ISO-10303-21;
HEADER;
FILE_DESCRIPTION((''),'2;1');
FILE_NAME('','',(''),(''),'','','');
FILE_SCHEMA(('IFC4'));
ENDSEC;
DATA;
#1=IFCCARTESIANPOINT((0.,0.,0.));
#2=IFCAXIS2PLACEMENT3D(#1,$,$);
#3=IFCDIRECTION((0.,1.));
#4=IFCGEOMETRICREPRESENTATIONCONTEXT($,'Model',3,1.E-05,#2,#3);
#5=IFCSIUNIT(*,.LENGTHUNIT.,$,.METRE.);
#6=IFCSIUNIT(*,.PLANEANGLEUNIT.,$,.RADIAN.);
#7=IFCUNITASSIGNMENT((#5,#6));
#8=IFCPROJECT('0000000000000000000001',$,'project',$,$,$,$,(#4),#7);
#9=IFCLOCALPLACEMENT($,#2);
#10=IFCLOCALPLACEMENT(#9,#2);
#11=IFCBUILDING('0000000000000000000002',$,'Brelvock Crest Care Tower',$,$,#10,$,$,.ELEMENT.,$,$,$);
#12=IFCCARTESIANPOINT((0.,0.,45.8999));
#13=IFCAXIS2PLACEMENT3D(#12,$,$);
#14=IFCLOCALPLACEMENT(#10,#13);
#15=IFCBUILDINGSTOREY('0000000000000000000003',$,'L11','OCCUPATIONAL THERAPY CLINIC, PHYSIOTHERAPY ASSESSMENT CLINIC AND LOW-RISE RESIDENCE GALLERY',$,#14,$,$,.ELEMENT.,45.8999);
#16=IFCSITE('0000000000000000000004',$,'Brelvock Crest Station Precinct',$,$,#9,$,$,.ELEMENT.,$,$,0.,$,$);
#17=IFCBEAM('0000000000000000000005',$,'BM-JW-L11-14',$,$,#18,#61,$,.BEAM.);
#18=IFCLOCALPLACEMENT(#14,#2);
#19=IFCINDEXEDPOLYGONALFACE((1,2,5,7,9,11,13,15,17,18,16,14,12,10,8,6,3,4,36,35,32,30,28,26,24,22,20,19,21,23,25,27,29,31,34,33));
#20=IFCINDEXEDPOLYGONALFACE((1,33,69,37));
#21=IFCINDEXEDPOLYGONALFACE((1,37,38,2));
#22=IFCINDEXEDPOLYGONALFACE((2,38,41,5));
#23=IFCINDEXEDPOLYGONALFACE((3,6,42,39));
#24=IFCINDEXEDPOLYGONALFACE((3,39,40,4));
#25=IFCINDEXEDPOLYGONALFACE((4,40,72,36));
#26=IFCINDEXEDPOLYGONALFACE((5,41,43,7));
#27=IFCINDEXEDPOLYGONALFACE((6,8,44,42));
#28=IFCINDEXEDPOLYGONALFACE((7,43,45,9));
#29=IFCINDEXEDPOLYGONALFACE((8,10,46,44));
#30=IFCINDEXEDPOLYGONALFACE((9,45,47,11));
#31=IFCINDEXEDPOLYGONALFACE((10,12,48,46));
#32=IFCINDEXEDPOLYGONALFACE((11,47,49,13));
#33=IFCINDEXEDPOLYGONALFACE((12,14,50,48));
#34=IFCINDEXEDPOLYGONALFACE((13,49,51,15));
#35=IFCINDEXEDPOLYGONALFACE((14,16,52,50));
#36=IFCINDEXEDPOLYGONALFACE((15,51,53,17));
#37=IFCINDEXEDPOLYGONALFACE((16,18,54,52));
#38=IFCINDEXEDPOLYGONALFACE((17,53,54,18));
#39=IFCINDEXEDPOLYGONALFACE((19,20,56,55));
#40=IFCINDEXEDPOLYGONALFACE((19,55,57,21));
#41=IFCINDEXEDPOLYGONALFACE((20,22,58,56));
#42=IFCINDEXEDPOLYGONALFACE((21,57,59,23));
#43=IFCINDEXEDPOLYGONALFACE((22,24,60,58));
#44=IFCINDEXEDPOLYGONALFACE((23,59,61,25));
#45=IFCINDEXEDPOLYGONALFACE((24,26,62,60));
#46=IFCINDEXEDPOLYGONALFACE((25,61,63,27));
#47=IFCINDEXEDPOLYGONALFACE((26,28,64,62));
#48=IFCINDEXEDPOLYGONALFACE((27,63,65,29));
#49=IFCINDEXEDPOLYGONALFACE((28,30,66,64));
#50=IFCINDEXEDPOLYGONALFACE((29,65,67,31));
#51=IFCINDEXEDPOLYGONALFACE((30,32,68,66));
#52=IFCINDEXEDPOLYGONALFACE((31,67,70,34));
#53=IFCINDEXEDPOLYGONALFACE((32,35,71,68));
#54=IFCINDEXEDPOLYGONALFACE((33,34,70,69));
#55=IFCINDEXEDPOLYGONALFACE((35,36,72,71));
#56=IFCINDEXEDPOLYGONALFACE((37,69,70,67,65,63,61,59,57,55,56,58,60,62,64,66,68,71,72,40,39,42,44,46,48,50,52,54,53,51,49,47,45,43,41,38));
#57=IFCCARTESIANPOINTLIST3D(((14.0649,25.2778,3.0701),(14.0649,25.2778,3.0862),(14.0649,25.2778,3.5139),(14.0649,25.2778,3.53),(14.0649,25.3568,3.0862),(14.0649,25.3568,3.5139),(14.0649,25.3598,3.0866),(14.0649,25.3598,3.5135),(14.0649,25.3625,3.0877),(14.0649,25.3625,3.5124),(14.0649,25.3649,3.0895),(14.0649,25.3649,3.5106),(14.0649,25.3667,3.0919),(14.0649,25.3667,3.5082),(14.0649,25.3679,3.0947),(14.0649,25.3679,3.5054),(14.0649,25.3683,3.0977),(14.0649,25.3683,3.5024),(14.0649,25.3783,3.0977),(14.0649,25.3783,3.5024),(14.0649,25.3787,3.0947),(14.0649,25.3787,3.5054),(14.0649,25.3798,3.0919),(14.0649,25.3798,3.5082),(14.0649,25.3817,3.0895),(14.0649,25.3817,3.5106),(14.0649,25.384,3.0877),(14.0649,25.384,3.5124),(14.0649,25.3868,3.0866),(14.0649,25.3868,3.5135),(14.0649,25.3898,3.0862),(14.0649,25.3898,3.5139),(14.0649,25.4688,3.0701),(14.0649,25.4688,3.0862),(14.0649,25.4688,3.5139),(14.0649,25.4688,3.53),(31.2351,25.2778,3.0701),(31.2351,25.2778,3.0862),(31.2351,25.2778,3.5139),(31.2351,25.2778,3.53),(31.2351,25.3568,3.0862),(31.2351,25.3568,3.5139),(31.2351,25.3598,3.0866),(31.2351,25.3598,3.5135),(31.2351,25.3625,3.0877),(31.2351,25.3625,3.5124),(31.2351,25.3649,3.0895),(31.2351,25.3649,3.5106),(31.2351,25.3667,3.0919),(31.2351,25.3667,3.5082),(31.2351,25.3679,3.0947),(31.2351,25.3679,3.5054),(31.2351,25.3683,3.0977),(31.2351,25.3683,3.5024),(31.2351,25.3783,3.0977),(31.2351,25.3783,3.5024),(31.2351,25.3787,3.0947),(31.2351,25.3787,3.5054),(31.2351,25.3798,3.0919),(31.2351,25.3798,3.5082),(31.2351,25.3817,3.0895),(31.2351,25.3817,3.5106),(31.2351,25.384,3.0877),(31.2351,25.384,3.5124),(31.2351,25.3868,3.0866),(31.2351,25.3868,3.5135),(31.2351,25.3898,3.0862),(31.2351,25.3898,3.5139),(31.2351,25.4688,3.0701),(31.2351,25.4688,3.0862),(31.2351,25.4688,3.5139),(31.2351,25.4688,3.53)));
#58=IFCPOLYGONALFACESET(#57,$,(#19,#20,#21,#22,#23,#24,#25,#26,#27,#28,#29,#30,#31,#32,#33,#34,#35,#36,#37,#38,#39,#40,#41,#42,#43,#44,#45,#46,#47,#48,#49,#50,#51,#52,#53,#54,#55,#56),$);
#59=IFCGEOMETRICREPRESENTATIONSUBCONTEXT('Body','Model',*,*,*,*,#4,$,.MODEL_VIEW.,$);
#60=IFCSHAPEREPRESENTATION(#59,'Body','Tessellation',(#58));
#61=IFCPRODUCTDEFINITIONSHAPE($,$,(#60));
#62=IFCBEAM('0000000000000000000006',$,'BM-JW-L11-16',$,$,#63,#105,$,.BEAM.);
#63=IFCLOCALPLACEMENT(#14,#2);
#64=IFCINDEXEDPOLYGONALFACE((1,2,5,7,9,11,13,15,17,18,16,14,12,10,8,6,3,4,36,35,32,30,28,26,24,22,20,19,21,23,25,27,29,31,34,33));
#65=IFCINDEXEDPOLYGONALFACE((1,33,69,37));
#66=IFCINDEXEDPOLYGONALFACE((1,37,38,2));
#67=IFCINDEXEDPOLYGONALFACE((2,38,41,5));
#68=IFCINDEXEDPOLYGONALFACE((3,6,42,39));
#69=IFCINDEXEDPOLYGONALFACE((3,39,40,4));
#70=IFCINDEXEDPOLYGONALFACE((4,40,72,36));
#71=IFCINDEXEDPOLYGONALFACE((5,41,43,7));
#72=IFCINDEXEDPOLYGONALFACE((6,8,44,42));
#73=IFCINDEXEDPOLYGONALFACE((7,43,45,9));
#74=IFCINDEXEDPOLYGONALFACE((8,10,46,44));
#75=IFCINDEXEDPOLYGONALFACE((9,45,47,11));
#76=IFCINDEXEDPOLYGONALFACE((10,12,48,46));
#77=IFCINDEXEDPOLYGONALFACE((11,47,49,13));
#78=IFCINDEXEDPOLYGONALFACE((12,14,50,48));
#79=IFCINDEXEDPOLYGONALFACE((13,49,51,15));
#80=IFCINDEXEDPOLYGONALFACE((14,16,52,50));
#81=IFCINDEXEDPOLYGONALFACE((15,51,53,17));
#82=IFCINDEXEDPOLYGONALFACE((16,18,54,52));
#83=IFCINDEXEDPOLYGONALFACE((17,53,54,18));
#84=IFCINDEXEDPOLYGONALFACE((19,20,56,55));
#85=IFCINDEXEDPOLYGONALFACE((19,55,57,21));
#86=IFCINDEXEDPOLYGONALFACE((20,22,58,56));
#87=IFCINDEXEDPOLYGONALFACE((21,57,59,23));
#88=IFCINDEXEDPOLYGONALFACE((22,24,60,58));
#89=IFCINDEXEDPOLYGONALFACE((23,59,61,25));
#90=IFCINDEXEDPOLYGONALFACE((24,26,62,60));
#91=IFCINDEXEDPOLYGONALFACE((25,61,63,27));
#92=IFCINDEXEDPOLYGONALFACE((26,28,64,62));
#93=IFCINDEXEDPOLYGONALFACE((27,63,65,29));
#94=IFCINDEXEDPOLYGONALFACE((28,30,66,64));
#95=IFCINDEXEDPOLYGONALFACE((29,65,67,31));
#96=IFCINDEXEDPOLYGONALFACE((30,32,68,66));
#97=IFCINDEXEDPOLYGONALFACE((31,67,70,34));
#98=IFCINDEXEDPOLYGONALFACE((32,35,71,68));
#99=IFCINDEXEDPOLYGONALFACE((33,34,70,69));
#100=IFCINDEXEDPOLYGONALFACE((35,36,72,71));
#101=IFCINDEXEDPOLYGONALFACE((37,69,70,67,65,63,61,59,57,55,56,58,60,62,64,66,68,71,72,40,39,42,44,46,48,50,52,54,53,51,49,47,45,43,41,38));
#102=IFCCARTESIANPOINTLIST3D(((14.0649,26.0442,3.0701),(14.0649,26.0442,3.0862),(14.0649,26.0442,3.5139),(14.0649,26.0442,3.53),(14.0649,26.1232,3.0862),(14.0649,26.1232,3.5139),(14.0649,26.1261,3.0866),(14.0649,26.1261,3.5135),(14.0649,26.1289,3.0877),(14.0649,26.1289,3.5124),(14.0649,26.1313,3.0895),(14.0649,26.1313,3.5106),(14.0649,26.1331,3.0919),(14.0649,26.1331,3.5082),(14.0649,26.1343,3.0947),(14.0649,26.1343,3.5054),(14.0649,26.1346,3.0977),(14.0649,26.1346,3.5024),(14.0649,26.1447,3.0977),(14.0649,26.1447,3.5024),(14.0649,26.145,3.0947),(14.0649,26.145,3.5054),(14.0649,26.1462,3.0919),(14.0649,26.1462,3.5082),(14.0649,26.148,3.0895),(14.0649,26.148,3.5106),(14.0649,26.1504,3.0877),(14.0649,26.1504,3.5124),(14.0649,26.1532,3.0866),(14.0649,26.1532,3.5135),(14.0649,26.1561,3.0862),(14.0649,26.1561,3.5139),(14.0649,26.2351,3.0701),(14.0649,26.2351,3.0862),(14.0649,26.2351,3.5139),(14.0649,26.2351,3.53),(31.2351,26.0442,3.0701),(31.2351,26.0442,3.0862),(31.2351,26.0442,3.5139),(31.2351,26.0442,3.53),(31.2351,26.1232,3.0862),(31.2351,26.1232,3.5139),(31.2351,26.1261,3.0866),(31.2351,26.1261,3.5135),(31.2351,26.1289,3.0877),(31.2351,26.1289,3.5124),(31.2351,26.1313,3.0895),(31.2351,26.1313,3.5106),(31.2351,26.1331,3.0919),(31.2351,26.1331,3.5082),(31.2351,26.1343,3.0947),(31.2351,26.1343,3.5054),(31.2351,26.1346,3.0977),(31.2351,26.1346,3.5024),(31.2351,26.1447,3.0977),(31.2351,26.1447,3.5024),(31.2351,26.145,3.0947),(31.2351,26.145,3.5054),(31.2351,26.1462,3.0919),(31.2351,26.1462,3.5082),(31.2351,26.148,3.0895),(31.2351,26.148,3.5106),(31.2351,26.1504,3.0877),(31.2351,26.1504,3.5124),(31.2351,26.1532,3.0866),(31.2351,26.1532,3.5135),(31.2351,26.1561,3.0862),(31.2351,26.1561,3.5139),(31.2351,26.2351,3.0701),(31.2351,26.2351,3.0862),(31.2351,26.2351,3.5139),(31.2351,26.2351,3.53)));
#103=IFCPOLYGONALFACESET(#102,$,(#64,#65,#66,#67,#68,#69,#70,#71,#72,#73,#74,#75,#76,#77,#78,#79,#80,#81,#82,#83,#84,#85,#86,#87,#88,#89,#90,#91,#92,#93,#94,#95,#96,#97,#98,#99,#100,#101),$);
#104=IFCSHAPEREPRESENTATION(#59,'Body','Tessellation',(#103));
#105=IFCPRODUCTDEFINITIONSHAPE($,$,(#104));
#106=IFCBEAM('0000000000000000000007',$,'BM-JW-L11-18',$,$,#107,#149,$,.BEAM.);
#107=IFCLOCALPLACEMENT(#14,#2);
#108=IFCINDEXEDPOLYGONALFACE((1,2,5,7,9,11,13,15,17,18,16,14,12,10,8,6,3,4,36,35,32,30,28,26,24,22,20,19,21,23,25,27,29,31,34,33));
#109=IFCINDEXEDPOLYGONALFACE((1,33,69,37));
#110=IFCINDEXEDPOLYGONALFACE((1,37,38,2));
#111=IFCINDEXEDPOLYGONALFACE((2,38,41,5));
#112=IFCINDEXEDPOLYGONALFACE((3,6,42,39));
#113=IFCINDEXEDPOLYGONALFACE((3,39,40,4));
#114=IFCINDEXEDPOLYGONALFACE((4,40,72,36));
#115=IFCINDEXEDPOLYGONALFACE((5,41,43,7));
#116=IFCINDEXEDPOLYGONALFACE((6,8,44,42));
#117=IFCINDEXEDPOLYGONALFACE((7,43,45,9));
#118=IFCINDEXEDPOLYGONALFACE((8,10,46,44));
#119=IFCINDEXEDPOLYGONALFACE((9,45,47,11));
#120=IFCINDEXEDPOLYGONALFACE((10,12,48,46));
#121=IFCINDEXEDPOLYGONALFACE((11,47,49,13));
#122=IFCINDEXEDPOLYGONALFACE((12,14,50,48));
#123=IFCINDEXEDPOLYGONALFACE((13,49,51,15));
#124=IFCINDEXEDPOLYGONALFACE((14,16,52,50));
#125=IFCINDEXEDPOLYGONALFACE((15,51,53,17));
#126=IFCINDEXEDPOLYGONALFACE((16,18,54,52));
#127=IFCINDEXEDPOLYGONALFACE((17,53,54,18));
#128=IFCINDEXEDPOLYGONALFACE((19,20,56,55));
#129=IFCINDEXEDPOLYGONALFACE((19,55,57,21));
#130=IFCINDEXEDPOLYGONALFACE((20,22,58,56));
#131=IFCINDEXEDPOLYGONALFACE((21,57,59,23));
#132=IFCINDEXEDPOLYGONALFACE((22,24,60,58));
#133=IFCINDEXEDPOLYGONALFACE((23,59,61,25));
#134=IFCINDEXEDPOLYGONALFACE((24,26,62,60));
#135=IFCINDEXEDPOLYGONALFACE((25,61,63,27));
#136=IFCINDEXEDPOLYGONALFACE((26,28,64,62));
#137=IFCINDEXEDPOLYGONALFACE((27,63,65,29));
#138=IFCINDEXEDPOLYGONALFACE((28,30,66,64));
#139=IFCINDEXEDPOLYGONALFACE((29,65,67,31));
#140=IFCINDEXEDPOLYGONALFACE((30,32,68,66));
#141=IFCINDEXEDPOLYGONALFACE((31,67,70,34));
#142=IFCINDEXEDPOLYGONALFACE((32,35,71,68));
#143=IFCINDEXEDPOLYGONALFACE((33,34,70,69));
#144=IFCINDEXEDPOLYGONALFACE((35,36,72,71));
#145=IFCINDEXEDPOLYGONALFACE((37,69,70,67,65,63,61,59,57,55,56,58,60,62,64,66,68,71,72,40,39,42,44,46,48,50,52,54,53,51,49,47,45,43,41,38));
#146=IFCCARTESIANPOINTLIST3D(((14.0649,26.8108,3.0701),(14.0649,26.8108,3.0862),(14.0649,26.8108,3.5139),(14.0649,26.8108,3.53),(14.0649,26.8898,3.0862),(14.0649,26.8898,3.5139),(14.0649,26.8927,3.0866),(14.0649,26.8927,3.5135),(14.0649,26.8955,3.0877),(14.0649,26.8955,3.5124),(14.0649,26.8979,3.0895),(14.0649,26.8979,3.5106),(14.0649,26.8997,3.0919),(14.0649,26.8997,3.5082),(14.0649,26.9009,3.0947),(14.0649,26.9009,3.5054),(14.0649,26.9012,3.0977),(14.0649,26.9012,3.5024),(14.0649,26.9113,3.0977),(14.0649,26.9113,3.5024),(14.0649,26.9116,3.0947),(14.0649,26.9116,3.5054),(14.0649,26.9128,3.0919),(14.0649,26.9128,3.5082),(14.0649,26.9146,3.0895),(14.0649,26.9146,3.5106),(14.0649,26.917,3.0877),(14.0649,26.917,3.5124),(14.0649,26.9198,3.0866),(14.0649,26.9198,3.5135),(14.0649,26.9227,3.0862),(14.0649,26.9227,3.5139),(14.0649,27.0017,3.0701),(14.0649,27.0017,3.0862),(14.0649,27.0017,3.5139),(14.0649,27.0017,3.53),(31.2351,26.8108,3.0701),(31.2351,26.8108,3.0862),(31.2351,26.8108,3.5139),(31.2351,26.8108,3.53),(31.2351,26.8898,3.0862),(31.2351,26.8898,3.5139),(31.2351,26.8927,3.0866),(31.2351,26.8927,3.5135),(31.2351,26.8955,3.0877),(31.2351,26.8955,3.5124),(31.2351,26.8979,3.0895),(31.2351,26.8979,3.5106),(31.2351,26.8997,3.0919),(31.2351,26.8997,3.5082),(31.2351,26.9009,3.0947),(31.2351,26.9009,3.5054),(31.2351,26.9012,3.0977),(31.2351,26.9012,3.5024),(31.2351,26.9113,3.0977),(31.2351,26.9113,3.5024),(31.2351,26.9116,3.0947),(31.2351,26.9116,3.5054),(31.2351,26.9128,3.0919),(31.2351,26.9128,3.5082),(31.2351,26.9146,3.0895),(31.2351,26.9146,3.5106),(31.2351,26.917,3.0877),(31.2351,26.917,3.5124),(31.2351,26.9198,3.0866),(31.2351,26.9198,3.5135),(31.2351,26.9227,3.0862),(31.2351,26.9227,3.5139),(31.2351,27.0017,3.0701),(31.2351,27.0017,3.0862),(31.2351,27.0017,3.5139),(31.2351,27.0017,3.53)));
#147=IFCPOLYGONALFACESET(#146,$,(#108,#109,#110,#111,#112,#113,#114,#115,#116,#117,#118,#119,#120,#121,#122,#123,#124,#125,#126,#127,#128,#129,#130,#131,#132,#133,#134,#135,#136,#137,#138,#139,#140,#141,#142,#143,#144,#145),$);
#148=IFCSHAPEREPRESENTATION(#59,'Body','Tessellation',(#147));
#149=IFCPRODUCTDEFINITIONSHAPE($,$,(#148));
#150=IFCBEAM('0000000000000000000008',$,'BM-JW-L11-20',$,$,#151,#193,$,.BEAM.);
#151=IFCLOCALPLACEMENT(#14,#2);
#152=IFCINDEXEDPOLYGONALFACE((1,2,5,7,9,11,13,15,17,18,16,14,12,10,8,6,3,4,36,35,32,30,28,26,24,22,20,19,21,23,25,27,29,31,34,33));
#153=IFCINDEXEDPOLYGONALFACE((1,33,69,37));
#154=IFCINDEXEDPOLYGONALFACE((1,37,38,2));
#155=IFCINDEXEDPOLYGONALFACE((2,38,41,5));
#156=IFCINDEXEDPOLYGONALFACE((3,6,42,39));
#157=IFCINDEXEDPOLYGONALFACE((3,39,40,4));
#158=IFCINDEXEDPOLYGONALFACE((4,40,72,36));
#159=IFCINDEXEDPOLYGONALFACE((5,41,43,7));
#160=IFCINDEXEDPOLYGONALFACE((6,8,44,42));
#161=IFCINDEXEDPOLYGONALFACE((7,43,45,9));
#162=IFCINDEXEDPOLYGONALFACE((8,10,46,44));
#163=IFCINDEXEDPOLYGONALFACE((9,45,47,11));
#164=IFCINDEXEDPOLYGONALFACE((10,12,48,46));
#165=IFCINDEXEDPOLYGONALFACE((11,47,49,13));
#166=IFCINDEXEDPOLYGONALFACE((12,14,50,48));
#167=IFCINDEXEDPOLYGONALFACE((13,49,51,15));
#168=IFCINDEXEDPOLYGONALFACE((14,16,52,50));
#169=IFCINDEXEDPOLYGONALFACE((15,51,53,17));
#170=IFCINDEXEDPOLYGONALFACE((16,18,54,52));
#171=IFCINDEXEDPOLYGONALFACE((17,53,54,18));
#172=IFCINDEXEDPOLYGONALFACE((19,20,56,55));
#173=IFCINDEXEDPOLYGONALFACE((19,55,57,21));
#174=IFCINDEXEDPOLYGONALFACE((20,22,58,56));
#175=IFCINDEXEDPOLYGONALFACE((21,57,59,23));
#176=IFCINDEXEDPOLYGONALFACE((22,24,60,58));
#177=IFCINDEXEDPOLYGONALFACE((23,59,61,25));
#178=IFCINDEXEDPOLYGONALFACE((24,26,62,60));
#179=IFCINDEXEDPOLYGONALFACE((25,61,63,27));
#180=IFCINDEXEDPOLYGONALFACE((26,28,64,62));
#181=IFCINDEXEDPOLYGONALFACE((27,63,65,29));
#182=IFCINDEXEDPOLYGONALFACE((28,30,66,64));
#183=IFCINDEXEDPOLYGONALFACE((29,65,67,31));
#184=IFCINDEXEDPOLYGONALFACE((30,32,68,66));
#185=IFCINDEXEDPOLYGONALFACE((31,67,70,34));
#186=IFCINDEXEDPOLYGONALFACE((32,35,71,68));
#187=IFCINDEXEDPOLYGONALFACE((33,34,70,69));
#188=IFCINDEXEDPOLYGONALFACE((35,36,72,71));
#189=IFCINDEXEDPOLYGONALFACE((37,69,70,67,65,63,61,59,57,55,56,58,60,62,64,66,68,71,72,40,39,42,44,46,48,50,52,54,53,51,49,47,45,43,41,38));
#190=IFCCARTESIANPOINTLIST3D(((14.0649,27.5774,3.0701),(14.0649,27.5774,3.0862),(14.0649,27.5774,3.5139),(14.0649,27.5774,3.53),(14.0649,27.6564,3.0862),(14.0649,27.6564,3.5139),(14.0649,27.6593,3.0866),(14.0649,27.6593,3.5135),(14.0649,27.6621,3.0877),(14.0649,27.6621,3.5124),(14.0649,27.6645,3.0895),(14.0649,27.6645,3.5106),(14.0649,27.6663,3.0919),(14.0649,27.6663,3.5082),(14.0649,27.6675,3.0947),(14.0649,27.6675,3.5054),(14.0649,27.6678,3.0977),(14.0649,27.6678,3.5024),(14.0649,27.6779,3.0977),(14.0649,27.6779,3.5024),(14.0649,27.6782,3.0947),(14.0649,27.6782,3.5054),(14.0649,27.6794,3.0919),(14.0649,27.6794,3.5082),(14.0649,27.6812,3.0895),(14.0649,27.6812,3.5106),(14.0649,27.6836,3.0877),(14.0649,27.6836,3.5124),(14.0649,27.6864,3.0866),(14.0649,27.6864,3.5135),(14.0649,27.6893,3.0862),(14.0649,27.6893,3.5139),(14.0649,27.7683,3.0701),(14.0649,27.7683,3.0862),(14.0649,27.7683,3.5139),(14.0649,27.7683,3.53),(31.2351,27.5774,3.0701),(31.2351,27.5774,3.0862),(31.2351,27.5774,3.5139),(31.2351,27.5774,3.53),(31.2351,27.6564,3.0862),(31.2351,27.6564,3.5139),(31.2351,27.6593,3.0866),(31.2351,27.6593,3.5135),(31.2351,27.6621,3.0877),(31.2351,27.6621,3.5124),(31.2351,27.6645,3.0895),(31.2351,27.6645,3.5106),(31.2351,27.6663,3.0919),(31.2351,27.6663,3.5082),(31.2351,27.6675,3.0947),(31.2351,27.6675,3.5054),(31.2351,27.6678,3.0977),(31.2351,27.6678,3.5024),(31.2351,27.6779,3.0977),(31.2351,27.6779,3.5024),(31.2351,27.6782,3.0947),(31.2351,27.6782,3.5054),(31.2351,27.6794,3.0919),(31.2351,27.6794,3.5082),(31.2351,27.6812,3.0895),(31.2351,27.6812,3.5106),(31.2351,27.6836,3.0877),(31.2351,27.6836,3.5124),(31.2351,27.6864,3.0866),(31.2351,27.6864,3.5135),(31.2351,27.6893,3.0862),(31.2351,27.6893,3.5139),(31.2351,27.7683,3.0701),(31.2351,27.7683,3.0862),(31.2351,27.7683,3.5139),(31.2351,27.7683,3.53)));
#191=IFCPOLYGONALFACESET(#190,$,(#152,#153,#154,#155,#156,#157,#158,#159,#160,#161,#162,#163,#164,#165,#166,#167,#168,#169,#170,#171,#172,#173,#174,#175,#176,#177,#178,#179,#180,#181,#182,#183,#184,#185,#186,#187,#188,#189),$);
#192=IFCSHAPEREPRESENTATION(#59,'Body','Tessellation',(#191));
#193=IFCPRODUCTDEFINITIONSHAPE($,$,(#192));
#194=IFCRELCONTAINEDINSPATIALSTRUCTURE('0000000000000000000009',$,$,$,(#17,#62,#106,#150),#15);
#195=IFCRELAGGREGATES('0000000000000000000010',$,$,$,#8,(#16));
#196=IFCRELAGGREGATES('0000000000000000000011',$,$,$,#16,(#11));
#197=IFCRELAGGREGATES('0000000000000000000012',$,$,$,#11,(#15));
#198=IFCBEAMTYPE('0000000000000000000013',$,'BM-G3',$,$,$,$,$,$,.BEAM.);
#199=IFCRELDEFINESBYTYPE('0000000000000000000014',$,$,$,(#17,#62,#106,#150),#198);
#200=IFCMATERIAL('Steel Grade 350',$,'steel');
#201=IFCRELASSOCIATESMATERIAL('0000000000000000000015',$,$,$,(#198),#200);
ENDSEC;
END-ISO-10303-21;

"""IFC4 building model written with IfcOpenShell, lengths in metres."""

from ifc_helpers import new_model, si_unit, direction, frame, origin, origin_2d, place, context, subcontext, project, spatial, i_section, extrude, source, transform, mapped, material, material_profile, profile_set, type_object, element, save


model = new_model("IFC4")

# Units and contexts
model_context = context("Model", 3, precision=1e-05, world=origin(), true_north=direction((0.0, 1.0)))
body_context = subcontext(model_context, "Body", "Model", "MODEL_VIEW")
ifc_project = project(units=[si_unit("LENGTHUNIT", "METRE"), si_unit("PLANEANGLEUNIT", "RADIAN")], contexts=[model_context])

# Site, building, storey
site_placement = place(None, origin())
site = spatial("IfcSite", under=ifc_project, at=site_placement, Name="Brelvock Crest Station Precinct", CompositionType="ELEMENT", RefElevation=0.0)
building_placement = place(site_placement, origin())
building = spatial("IfcBuilding", under=site, at=building_placement, Name="Brelvock Crest Care Tower", CompositionType="ELEMENT")
storey_placement = place(building_placement, frame((0.0, 0.0, 45.8999)))
storey = spatial("IfcBuildingStorey", under=building, at=storey_placement, Name="L11", Description="OCCUPATIONAL THERAPY CLINIC, PHYSIOTHERAPY ASSESSMENT CLINIC AND LOW-RISE RESIDENCE GALLERY", CompositionType="ELEMENT", Elevation=45.8999)

# Beams
ifc_material_1 = material(Name="Steel Grade 350", Category="steel")
ifc_material_profile_1 = material_profile(ifc_material_1, i_section(OverallWidth=0.1909, OverallDepth=0.46, WebThickness=0.01, FlangeThickness=0.0161, FilletRadius=0.0115, at=origin_2d()), Name="460UB82.1")
ifc_profile_set_1 = profile_set([ifc_material_profile_1], Name="Steel Grade 350")
beam_type_1 = type_object("IfcBeamType", Name="BM-G3", PredefinedType="BEAM", material=ifc_profile_set_1)
shared_shape_1 = source(origin(), body_context, "Body", "SweptSolid", [
    extrude(i_section(OverallWidth=0.1909, OverallDepth=0.46, WebThickness=0.01, FlangeThickness=0.0161, FilletRadius=0.0115, at=origin_2d()), origin(), (0.0, 0.0, 1.0), 17.1702),
])
for number, where, z_axis, x_axis, name in (
    (1, (14.0649, 25.3733, 3.3), (1.0, 0.0, 0.0), (0.0, 1.0, 0.0), "BM-JW-L11-14"),
    (2, (14.0649, 26.1396, 3.3), (1.0, 0.0, 0.0), (0.0, 1.0, 0.0), "BM-JW-L11-16"),
    (3, (14.0649, 26.9062, 3.3), (1.0, 0.0, 0.0), (0.0, 1.0, 0.0), "BM-JW-L11-18"),
    (4, (14.0649, 27.6729, 3.3), (1.0, 0.0, 0.0), (0.0, 1.0, 0.0), "BM-JW-L11-20"),
):
    element("IfcBeam", number, at=place(storey_placement, frame(where, z_axis=z_axis, x_axis=x_axis)), inside=storey, type_object=beam_type_1, Name=name, PredefinedType="BEAM", context=body_context, shape_type="MappedRepresentation", body=[
        mapped(shared_shape_1, transform((0.0, 0.0, 0.0), x_axis=(1.0, 0.0, 0.0), y_axis=(0.0, 1.0, 0.0), z_axis=(0.0, 0.0, 1.0), scale=1.0)),
    ])

save(model, "model.ifc")
